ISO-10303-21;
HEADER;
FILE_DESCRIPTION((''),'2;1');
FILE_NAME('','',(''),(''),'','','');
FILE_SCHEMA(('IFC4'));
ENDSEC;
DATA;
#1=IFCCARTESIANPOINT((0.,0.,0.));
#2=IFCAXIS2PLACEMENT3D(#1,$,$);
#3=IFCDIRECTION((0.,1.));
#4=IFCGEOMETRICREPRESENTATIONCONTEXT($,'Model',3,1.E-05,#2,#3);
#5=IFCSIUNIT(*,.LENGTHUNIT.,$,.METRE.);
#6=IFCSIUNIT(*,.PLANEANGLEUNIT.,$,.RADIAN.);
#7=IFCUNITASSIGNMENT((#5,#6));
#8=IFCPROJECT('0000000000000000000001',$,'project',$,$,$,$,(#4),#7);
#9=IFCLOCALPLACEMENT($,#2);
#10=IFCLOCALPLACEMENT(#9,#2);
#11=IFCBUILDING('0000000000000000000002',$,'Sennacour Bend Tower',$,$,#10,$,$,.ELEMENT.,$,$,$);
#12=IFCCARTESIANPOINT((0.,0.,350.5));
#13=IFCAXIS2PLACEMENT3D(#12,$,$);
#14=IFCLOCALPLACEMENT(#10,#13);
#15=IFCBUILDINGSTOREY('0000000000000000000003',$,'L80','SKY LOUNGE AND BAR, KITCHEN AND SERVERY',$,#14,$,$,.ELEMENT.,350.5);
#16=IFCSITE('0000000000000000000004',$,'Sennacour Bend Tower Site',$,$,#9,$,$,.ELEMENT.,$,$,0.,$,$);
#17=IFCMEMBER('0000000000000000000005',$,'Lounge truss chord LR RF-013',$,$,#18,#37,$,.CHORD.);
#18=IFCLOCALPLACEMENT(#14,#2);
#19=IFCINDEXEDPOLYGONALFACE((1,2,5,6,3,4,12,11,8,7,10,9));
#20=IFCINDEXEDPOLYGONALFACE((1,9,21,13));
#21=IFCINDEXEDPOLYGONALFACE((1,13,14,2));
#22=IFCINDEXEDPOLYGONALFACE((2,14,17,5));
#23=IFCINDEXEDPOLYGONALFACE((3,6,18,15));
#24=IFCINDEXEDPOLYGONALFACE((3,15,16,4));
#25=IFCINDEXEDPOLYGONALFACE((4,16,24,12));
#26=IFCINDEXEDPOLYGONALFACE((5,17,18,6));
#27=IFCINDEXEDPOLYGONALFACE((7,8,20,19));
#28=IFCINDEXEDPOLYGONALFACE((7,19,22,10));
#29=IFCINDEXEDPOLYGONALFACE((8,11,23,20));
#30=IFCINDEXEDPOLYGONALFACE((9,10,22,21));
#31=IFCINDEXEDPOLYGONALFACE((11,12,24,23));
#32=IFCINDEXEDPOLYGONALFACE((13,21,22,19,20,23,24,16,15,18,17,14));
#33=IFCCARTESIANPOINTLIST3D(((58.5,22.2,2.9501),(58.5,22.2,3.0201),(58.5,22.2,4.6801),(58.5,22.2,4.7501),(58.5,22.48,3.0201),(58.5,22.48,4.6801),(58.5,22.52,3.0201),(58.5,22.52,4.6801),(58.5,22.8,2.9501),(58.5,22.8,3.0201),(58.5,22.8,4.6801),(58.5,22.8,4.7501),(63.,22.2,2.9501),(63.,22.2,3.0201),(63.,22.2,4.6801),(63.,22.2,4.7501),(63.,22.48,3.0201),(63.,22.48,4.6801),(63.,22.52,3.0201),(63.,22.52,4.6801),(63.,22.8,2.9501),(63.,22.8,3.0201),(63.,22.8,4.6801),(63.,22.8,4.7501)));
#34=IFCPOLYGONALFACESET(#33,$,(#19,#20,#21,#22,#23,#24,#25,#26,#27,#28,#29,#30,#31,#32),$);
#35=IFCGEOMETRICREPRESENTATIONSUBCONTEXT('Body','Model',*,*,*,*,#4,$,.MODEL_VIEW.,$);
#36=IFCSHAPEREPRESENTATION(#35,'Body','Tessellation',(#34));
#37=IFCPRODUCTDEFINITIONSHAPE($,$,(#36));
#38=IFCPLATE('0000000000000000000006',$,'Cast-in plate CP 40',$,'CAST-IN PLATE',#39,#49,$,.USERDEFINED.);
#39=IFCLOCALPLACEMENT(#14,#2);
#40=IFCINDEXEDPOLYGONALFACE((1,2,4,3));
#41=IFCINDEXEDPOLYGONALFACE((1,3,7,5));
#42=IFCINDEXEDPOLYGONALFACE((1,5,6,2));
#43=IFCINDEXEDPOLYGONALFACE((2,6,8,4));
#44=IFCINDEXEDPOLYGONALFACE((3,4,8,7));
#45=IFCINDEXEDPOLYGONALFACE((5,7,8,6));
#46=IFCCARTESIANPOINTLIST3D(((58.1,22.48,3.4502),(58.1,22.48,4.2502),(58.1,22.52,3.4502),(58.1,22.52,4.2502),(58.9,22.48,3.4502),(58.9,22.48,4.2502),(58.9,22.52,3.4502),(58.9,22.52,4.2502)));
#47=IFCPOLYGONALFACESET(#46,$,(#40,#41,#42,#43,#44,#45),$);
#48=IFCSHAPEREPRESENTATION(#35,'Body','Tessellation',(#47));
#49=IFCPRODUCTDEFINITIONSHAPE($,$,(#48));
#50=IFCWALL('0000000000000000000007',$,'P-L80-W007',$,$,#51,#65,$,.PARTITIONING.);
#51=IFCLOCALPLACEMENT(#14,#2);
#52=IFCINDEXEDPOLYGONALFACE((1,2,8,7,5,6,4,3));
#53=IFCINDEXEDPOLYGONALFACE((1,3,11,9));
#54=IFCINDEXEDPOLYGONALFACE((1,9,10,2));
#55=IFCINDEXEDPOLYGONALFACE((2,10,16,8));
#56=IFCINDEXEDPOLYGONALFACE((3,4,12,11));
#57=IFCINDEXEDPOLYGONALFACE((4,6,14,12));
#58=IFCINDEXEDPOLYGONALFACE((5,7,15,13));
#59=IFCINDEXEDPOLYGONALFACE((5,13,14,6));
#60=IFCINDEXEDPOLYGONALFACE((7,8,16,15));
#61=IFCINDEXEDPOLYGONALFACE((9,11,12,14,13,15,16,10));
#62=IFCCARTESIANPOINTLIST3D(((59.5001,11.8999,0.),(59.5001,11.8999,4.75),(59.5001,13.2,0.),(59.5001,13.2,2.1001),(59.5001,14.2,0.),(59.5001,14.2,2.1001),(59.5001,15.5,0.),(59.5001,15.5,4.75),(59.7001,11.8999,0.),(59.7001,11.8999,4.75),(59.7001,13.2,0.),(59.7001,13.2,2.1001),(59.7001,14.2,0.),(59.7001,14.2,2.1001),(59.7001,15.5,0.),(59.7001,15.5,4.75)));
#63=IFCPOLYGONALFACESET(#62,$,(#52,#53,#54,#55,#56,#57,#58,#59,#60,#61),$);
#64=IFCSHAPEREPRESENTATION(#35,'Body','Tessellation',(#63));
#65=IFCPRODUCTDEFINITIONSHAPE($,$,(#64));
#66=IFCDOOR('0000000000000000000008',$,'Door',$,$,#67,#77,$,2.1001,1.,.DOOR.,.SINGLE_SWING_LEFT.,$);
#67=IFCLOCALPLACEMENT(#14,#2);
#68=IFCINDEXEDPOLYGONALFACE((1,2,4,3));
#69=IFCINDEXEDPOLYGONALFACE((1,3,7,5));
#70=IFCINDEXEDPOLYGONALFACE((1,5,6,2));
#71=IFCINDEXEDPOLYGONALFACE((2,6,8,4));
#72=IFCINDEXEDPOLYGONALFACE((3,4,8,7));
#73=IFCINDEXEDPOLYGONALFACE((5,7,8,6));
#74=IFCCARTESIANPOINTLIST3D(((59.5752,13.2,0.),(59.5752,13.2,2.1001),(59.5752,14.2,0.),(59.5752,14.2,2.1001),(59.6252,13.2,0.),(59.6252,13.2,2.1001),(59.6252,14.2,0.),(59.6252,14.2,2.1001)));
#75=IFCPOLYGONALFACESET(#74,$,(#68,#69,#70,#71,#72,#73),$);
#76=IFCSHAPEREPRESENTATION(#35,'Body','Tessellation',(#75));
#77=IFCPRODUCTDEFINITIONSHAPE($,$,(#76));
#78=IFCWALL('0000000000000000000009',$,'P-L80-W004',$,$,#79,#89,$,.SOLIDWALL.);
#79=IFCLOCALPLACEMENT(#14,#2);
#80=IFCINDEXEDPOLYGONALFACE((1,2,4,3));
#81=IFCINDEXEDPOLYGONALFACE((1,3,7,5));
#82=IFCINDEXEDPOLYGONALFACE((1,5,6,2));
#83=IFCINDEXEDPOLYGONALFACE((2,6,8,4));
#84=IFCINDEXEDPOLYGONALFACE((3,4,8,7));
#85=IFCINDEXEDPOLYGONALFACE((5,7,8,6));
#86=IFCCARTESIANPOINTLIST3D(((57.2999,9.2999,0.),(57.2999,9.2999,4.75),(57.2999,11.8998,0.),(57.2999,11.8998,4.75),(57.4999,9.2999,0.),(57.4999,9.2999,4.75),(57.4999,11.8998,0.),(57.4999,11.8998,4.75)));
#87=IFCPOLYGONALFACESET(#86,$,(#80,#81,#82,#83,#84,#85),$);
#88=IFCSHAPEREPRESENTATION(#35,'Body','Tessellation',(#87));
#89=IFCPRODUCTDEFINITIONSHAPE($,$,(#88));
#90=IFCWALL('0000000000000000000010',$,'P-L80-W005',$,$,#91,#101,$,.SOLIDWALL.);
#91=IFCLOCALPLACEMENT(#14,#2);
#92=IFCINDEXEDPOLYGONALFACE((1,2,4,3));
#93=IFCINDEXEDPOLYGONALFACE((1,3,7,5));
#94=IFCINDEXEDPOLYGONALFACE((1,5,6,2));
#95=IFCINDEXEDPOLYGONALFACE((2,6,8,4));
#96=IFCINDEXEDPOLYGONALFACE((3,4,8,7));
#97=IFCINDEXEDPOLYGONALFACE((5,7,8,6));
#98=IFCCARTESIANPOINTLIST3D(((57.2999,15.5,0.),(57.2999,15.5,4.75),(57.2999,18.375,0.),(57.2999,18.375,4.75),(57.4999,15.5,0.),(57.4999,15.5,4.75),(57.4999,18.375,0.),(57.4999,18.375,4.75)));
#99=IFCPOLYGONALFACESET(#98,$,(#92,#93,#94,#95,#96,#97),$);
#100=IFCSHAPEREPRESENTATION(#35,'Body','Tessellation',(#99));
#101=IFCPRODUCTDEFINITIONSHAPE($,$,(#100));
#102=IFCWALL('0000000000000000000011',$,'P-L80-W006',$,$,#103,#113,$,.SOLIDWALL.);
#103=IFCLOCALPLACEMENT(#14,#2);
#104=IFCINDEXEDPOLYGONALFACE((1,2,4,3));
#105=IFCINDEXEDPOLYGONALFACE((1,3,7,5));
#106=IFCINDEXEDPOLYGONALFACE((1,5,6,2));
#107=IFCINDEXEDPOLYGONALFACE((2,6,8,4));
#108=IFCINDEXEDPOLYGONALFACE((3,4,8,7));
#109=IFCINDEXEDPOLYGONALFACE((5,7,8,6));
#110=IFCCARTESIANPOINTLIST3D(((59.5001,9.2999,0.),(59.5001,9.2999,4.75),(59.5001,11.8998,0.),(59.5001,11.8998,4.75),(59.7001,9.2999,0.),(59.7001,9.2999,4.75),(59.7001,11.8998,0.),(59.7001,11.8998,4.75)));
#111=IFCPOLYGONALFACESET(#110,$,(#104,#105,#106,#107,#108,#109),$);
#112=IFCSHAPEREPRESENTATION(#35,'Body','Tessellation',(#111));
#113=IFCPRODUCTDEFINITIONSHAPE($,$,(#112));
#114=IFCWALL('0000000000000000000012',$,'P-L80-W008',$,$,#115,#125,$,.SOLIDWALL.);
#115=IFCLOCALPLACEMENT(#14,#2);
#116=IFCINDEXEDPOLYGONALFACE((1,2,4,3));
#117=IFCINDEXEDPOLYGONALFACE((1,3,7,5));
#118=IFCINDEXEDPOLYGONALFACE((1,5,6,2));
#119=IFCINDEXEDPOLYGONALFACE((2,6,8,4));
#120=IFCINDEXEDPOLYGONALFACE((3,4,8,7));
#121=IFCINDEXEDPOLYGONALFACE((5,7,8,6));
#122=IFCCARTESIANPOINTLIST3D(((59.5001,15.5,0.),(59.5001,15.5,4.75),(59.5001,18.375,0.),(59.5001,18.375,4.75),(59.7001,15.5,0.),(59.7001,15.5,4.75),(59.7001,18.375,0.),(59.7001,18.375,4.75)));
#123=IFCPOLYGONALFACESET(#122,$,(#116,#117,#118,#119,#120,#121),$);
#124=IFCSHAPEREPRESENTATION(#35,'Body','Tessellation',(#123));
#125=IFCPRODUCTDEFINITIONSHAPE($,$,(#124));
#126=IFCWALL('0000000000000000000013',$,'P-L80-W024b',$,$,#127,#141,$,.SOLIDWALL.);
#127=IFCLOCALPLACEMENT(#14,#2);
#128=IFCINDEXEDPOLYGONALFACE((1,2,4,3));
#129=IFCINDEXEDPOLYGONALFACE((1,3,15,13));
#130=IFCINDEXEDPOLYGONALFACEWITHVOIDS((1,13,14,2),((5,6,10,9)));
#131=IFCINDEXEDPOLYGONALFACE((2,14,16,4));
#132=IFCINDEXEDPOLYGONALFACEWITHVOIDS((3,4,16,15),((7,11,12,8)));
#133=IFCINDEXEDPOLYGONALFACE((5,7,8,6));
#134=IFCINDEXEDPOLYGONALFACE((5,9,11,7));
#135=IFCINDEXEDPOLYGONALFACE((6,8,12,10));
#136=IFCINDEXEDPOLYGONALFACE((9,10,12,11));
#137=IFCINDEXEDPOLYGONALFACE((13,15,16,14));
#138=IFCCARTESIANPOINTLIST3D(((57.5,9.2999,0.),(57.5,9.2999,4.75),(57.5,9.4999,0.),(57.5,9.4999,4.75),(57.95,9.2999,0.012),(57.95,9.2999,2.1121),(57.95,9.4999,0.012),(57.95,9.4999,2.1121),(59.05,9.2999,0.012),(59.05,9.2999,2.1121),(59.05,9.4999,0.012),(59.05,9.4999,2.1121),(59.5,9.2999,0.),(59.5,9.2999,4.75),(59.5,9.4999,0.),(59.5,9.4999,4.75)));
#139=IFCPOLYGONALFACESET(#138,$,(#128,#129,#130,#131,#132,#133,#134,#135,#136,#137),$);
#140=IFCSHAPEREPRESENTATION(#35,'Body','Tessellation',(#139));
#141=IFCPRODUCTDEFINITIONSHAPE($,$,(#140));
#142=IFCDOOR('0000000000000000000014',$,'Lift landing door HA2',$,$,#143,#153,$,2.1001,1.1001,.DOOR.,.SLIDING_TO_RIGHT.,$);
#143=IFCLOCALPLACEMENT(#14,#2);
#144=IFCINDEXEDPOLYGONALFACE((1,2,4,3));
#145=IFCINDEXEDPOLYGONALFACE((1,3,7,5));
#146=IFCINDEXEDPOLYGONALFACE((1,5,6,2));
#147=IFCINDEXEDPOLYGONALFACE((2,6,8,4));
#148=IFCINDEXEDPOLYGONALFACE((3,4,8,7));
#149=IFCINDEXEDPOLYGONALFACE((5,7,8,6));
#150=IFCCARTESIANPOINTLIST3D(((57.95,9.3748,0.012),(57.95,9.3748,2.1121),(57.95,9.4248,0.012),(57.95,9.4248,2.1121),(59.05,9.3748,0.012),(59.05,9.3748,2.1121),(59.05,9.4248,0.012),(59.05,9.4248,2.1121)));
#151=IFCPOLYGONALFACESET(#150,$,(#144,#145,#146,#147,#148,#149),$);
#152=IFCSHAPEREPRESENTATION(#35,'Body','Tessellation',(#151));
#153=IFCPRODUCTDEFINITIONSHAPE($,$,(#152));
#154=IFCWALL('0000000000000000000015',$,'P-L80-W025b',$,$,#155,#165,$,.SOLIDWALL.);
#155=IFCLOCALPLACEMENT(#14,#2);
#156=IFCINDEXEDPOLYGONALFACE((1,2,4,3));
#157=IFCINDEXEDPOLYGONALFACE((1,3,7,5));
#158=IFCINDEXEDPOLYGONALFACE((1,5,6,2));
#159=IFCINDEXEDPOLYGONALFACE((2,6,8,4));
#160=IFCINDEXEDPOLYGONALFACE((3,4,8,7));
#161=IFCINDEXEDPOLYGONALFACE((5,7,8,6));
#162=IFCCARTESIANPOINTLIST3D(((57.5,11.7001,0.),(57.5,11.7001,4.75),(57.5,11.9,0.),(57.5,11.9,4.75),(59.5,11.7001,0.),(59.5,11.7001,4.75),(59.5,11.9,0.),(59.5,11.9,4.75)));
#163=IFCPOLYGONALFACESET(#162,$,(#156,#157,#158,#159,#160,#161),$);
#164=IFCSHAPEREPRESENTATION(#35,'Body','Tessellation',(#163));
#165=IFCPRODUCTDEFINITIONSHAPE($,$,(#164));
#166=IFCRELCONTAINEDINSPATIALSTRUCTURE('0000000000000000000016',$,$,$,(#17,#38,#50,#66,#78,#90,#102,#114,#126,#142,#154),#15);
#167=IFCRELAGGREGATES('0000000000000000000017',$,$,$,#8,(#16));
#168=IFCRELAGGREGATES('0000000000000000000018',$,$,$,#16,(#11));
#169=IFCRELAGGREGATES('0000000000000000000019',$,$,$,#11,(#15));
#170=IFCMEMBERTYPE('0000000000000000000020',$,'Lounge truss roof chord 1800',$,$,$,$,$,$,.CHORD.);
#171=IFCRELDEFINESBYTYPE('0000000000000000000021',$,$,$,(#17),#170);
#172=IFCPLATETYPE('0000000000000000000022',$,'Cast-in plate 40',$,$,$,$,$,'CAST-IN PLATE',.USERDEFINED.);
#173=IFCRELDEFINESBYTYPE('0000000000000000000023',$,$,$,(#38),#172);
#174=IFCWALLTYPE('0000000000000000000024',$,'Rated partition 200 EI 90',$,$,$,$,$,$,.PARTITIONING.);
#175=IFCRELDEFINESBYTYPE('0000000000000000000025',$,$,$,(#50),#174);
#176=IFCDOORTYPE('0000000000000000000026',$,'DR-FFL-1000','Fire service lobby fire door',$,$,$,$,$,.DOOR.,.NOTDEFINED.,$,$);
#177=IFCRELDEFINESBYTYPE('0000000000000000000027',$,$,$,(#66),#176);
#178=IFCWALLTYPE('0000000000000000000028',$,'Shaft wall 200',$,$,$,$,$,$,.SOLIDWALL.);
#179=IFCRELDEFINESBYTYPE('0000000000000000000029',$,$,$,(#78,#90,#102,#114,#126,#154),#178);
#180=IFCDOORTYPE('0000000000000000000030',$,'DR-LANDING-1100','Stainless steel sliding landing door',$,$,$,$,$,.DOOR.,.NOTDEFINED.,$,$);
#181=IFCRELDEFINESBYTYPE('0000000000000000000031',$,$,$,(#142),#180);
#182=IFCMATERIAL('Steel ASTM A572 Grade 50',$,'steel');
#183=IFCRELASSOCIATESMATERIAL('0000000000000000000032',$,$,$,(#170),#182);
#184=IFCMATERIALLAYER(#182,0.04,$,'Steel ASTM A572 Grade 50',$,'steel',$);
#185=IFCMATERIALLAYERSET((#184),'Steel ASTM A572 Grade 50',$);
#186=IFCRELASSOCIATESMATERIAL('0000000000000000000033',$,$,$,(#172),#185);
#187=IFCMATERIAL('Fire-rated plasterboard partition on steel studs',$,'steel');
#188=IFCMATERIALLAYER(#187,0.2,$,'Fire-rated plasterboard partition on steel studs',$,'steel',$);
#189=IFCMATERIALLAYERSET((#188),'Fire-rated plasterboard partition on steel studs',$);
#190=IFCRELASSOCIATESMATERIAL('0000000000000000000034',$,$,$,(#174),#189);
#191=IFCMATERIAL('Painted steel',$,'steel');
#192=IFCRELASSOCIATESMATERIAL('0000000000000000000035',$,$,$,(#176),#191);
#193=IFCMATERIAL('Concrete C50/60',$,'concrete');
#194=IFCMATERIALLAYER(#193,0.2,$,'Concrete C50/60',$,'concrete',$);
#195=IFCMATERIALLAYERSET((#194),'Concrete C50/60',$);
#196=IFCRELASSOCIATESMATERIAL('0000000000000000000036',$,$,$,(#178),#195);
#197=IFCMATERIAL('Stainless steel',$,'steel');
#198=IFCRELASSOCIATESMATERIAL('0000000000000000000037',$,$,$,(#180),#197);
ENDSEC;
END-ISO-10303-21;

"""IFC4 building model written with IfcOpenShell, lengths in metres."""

from ifc_helpers import new_model, si_unit, direction, frame, frame_2d, origin, origin_2d, place, context, subcontext, project, spatial, rectangle, i_section, extrude, material, layer, layer_set, material_profile, profile_set, type_object, element, fill, save


model = new_model("IFC4")

# Units and contexts
model_context = context("Model", 3, precision=1e-05, world=origin(), true_north=direction((0.0, 1.0)))
body_context = subcontext(model_context, "Body", "Model", "MODEL_VIEW")
ifc_project = project(units=[si_unit("LENGTHUNIT", "METRE"), si_unit("PLANEANGLEUNIT", "RADIAN")], contexts=[model_context])

# Site, building, storey
site_placement = place(None, origin())
site = spatial("IfcSite", under=ifc_project, at=site_placement, Name="Sennacour Bend Tower Site", CompositionType="ELEMENT", RefElevation=0.0)
building_placement = place(site_placement, origin())
building = spatial("IfcBuilding", under=site, at=building_placement, Name="Sennacour Bend Tower", CompositionType="ELEMENT")
storey_placement = place(building_placement, frame((0.0, 0.0, 350.5)))
storey = spatial("IfcBuildingStorey", under=building, at=storey_placement, Name="L80", Description="SKY LOUNGE AND BAR, KITCHEN AND SERVERY", CompositionType="ELEMENT", Elevation=350.5)

# Member
ifc_material_1 = material(Name="Steel ASTM A572 Grade 50", Category="steel")
ifc_material_profile = material_profile(ifc_material_1, i_section(OverallWidth=0.6001, OverallDepth=1.8, WebThickness=0.04, FlangeThickness=0.0701, at=origin_2d()), Name="Steel ASTM A572 Grade 50", Category="steel")
ifc_profile_set = profile_set([ifc_material_profile], Name="Steel ASTM A572 Grade 50")
member_type = type_object("IfcMemberType", Name="Lounge truss roof chord 1800", PredefinedType="CHORD", material=ifc_profile_set)
member_placement = place(storey_placement, frame((58.5, 22.5, 3.8501), z_axis=(1.0, 0.0, 0.0), x_axis=(0.0, 1.0, 0.0)))
element("IfcMember", 1, at=member_placement, inside=storey, type_object=member_type, Name="Lounge truss chord LR RF-013", PredefinedType="CHORD", context=body_context, shape_type="SweptSolid", body=[
    extrude(i_section(OverallWidth=0.6001, OverallDepth=1.8, WebThickness=0.04, FlangeThickness=0.0701, at=origin_2d()), origin(), (0.0, 0.0, 1.0), 4.5),
])

# Plate
ifc_layer_1 = layer(ifc_material_1, 0.04, Name="Steel ASTM A572 Grade 50", Category="steel")
ifc_layer_set_1 = layer_set([ifc_layer_1], Name="Steel ASTM A572 Grade 50")
plate_type = type_object("IfcPlateType", Name="Cast-in plate 40", ElementType="CAST-IN PLATE", PredefinedType="USERDEFINED", material=ifc_layer_set_1)
plate_placement = place(storey_placement, frame((58.5, 22.5, 3.4502), z_axis=(0.0, 0.0, 1.0), x_axis=(1.0, 0.0, 0.0)))
element("IfcPlate", 2, at=plate_placement, inside=storey, type_object=plate_type, Name="Cast-in plate CP 40", ObjectType="CAST-IN PLATE", PredefinedType="USERDEFINED", context=body_context, shape_type="SweptSolid", body=[
    extrude(rectangle(XDim=0.8, YDim=0.04, at=origin_2d()), origin(), (0.0, 0.0, 1.0), 0.8),
])

# Wall, opening, door
ifc_material_2 = material(Name="Fire-rated plasterboard partition on steel studs", Category="steel")
ifc_layer_2 = layer(ifc_material_2, 0.2, Name="Fire-rated plasterboard partition on steel studs", Category="steel")
ifc_layer_set_2 = layer_set([ifc_layer_2], Name="Fire-rated plasterboard partition on steel studs")
wall_type_1 = type_object("IfcWallType", Name="Rated partition 200 EI 90", PredefinedType="PARTITIONING", material=ifc_layer_set_2)
wall_1_placement = place(storey_placement, frame((59.6001, 11.8999, 0.0), z_axis=(0.0, 0.0, 1.0), x_axis=(0.0, 1.0, 0.0)))
wall_1 = element("IfcWall", 3, at=wall_1_placement, inside=storey, type_object=wall_type_1, Name="P-L80-W007", PredefinedType="PARTITIONING", context=body_context, shape_type="SweptSolid", body=[
    extrude(rectangle(XDim=3.6001, YDim=0.2, at=frame_2d((1.8, 0.0))), origin(), (0.0, 0.0, 1.0), 4.75),
])
opening_1_placement = place(wall_1_placement, frame((1.3, 0.0, 0.0)))
opening_1 = element("IfcOpeningElement", 4, at=opening_1_placement, cuts=wall_1, PredefinedType="OPENING", context=body_context, shape_type="SweptSolid", body=[
    extrude(rectangle(XDim=1.0, YDim=2.1001, at=frame_2d((0.5, 1.05))), frame((0.0, 0.1099, 0.0), z_axis=(0.0, -1.0, 0.0), x_axis=(1.0, 0.0, 0.0)), (0.0, 0.0, 1.0), 0.22),
])
ifc_material_3 = material(Name="Painted steel", Category="steel")
door_type_1 = type_object("IfcDoorType", Name="DR-FFL-1000", Description="Fire service lobby fire door", OperationType="NOTDEFINED", PredefinedType="DOOR", material=ifc_material_3)
door_1_placement = place(opening_1_placement, origin())
door_1 = element("IfcDoor", 5, at=door_1_placement, inside=storey, type_object=door_type_1, Name="Door", OperationType="SINGLE_SWING_LEFT", OverallHeight=2.1001, OverallWidth=1.0, PredefinedType="DOOR", context=body_context, shape_type="SweptSolid", body=[
    extrude(rectangle(XDim=1.0, YDim=2.1001, at=frame_2d((0.5, 1.05))), frame((0.0, 0.0249, 0.0), z_axis=(0.0, -1.0, 0.0), x_axis=(1.0, 0.0, 0.0)), (0.0, 0.0, 1.0), 0.05),
])
fill(opening_1, door_1)

# Walls
ifc_material_4 = material(Name="Concrete C50/60", Category="concrete")
ifc_layer_3 = layer(ifc_material_4, 0.2, Name="Concrete C50/60", Category="concrete")
ifc_layer_set_3 = layer_set([ifc_layer_3], Name="Concrete C50/60")
wall_type_2 = type_object("IfcWallType", Name="Shaft wall 200", PredefinedType="SOLIDWALL", material=ifc_layer_set_3)
wall_2_placement = place(storey_placement, frame((57.3999, 9.3, 0.0), z_axis=(0.0, 0.0, 1.0), x_axis=(0.0, 1.0, 0.0)))
element("IfcWall", 6, at=wall_2_placement, inside=storey, type_object=wall_type_2, Name="P-L80-W004", PredefinedType="SOLIDWALL", context=body_context, shape_type="SweptSolid", body=[
    extrude(rectangle(XDim=2.5999, YDim=0.2, at=frame_2d((1.2998, 0.0))), origin(), (0.0, 0.0, 1.0), 4.75),
])
wall_3_placement = place(storey_placement, frame((57.3999, 15.5, 0.0), z_axis=(0.0, 0.0, 1.0), x_axis=(0.0, 1.0, 0.0)))
element("IfcWall", 7, at=wall_3_placement, inside=storey, type_object=wall_type_2, Name="P-L80-W005", PredefinedType="SOLIDWALL", context=body_context, shape_type="SweptSolid", body=[
    extrude(rectangle(XDim=2.875, YDim=0.2, at=frame_2d((1.4375, 0.0))), origin(), (0.0, 0.0, 1.0), 4.75),
])
wall_4_placement = place(storey_placement, frame((59.6001, 9.3, 0.0), z_axis=(0.0, 0.0, 1.0), x_axis=(0.0, 1.0, 0.0)))
element("IfcWall", 8, at=wall_4_placement, inside=storey, type_object=wall_type_2, Name="P-L80-W006", PredefinedType="SOLIDWALL", context=body_context, shape_type="SweptSolid", body=[
    extrude(rectangle(XDim=2.5999, YDim=0.2, at=frame_2d((1.2998, 0.0))), origin(), (0.0, 0.0, 1.0), 4.75),
])
wall_5_placement = place(storey_placement, frame((59.6001, 15.5, 0.0), z_axis=(0.0, 0.0, 1.0), x_axis=(0.0, 1.0, 0.0)))
element("IfcWall", 9, at=wall_5_placement, inside=storey, type_object=wall_type_2, Name="P-L80-W008", PredefinedType="SOLIDWALL", context=body_context, shape_type="SweptSolid", body=[
    extrude(rectangle(XDim=2.875, YDim=0.2, at=frame_2d((1.4375, 0.0))), origin(), (0.0, 0.0, 1.0), 4.75),
])

# Wall, opening, door
wall_6_placement = place(storey_placement, frame((57.5, 9.3999, 0.0), z_axis=(0.0, 0.0, 1.0), x_axis=(1.0, 0.0, 0.0)))
wall_6 = element("IfcWall", 10, at=wall_6_placement, inside=storey, type_object=wall_type_2, Name="P-L80-W024b", PredefinedType="SOLIDWALL", context=body_context, shape_type="SweptSolid", body=[
    extrude(rectangle(XDim=2.0, YDim=0.2, at=frame_2d((1.0, 0.0))), origin(), (0.0, 0.0, 1.0), 4.75),
])
opening_2_placement = place(wall_6_placement, frame((0.45, 0.0, 0.012)))
opening_2 = element("IfcOpeningElement", 11, at=opening_2_placement, cuts=wall_6, PredefinedType="OPENING", context=body_context, shape_type="SweptSolid", body=[
    extrude(rectangle(XDim=1.1001, YDim=2.1001, at=frame_2d((0.55, 1.05))), frame((0.0, 0.1099, 0.0), z_axis=(0.0, -1.0, 0.0), x_axis=(1.0, 0.0, 0.0)), (0.0, 0.0, 1.0), 0.22),
])
ifc_material_5 = material(Name="Stainless steel", Category="steel")
door_type_2 = type_object("IfcDoorType", Name="DR-LANDING-1100", Description="Stainless steel sliding landing door", OperationType="NOTDEFINED", PredefinedType="DOOR", material=ifc_material_5)
door_2_placement = place(opening_2_placement, origin())
door_2 = element("IfcDoor", 12, at=door_2_placement, inside=storey, type_object=door_type_2, Name="Lift landing door HA2", OperationType="SLIDING_TO_RIGHT", OverallHeight=2.1001, OverallWidth=1.1001, PredefinedType="DOOR", context=body_context, shape_type="SweptSolid", body=[
    extrude(rectangle(XDim=1.1001, YDim=2.1001, at=frame_2d((0.55, 1.05))), frame((0.0, 0.0249, 0.0), z_axis=(0.0, -1.0, 0.0), x_axis=(1.0, 0.0, 0.0)), (0.0, 0.0, 1.0), 0.05),
])
fill(opening_2, door_2)

# Wall
wall_7_placement = place(storey_placement, frame((57.5, 11.8, 0.0), z_axis=(0.0, 0.0, 1.0), x_axis=(1.0, 0.0, 0.0)))
element("IfcWall", 13, at=wall_7_placement, inside=storey, type_object=wall_type_2, Name="P-L80-W025b", PredefinedType="SOLIDWALL", context=body_context, shape_type="SweptSolid", body=[
    extrude(rectangle(XDim=2.0, YDim=0.2, at=frame_2d((1.0, 0.0))), origin(), (0.0, 0.0, 1.0), 4.75),
])

save(model, "model.ifc")
